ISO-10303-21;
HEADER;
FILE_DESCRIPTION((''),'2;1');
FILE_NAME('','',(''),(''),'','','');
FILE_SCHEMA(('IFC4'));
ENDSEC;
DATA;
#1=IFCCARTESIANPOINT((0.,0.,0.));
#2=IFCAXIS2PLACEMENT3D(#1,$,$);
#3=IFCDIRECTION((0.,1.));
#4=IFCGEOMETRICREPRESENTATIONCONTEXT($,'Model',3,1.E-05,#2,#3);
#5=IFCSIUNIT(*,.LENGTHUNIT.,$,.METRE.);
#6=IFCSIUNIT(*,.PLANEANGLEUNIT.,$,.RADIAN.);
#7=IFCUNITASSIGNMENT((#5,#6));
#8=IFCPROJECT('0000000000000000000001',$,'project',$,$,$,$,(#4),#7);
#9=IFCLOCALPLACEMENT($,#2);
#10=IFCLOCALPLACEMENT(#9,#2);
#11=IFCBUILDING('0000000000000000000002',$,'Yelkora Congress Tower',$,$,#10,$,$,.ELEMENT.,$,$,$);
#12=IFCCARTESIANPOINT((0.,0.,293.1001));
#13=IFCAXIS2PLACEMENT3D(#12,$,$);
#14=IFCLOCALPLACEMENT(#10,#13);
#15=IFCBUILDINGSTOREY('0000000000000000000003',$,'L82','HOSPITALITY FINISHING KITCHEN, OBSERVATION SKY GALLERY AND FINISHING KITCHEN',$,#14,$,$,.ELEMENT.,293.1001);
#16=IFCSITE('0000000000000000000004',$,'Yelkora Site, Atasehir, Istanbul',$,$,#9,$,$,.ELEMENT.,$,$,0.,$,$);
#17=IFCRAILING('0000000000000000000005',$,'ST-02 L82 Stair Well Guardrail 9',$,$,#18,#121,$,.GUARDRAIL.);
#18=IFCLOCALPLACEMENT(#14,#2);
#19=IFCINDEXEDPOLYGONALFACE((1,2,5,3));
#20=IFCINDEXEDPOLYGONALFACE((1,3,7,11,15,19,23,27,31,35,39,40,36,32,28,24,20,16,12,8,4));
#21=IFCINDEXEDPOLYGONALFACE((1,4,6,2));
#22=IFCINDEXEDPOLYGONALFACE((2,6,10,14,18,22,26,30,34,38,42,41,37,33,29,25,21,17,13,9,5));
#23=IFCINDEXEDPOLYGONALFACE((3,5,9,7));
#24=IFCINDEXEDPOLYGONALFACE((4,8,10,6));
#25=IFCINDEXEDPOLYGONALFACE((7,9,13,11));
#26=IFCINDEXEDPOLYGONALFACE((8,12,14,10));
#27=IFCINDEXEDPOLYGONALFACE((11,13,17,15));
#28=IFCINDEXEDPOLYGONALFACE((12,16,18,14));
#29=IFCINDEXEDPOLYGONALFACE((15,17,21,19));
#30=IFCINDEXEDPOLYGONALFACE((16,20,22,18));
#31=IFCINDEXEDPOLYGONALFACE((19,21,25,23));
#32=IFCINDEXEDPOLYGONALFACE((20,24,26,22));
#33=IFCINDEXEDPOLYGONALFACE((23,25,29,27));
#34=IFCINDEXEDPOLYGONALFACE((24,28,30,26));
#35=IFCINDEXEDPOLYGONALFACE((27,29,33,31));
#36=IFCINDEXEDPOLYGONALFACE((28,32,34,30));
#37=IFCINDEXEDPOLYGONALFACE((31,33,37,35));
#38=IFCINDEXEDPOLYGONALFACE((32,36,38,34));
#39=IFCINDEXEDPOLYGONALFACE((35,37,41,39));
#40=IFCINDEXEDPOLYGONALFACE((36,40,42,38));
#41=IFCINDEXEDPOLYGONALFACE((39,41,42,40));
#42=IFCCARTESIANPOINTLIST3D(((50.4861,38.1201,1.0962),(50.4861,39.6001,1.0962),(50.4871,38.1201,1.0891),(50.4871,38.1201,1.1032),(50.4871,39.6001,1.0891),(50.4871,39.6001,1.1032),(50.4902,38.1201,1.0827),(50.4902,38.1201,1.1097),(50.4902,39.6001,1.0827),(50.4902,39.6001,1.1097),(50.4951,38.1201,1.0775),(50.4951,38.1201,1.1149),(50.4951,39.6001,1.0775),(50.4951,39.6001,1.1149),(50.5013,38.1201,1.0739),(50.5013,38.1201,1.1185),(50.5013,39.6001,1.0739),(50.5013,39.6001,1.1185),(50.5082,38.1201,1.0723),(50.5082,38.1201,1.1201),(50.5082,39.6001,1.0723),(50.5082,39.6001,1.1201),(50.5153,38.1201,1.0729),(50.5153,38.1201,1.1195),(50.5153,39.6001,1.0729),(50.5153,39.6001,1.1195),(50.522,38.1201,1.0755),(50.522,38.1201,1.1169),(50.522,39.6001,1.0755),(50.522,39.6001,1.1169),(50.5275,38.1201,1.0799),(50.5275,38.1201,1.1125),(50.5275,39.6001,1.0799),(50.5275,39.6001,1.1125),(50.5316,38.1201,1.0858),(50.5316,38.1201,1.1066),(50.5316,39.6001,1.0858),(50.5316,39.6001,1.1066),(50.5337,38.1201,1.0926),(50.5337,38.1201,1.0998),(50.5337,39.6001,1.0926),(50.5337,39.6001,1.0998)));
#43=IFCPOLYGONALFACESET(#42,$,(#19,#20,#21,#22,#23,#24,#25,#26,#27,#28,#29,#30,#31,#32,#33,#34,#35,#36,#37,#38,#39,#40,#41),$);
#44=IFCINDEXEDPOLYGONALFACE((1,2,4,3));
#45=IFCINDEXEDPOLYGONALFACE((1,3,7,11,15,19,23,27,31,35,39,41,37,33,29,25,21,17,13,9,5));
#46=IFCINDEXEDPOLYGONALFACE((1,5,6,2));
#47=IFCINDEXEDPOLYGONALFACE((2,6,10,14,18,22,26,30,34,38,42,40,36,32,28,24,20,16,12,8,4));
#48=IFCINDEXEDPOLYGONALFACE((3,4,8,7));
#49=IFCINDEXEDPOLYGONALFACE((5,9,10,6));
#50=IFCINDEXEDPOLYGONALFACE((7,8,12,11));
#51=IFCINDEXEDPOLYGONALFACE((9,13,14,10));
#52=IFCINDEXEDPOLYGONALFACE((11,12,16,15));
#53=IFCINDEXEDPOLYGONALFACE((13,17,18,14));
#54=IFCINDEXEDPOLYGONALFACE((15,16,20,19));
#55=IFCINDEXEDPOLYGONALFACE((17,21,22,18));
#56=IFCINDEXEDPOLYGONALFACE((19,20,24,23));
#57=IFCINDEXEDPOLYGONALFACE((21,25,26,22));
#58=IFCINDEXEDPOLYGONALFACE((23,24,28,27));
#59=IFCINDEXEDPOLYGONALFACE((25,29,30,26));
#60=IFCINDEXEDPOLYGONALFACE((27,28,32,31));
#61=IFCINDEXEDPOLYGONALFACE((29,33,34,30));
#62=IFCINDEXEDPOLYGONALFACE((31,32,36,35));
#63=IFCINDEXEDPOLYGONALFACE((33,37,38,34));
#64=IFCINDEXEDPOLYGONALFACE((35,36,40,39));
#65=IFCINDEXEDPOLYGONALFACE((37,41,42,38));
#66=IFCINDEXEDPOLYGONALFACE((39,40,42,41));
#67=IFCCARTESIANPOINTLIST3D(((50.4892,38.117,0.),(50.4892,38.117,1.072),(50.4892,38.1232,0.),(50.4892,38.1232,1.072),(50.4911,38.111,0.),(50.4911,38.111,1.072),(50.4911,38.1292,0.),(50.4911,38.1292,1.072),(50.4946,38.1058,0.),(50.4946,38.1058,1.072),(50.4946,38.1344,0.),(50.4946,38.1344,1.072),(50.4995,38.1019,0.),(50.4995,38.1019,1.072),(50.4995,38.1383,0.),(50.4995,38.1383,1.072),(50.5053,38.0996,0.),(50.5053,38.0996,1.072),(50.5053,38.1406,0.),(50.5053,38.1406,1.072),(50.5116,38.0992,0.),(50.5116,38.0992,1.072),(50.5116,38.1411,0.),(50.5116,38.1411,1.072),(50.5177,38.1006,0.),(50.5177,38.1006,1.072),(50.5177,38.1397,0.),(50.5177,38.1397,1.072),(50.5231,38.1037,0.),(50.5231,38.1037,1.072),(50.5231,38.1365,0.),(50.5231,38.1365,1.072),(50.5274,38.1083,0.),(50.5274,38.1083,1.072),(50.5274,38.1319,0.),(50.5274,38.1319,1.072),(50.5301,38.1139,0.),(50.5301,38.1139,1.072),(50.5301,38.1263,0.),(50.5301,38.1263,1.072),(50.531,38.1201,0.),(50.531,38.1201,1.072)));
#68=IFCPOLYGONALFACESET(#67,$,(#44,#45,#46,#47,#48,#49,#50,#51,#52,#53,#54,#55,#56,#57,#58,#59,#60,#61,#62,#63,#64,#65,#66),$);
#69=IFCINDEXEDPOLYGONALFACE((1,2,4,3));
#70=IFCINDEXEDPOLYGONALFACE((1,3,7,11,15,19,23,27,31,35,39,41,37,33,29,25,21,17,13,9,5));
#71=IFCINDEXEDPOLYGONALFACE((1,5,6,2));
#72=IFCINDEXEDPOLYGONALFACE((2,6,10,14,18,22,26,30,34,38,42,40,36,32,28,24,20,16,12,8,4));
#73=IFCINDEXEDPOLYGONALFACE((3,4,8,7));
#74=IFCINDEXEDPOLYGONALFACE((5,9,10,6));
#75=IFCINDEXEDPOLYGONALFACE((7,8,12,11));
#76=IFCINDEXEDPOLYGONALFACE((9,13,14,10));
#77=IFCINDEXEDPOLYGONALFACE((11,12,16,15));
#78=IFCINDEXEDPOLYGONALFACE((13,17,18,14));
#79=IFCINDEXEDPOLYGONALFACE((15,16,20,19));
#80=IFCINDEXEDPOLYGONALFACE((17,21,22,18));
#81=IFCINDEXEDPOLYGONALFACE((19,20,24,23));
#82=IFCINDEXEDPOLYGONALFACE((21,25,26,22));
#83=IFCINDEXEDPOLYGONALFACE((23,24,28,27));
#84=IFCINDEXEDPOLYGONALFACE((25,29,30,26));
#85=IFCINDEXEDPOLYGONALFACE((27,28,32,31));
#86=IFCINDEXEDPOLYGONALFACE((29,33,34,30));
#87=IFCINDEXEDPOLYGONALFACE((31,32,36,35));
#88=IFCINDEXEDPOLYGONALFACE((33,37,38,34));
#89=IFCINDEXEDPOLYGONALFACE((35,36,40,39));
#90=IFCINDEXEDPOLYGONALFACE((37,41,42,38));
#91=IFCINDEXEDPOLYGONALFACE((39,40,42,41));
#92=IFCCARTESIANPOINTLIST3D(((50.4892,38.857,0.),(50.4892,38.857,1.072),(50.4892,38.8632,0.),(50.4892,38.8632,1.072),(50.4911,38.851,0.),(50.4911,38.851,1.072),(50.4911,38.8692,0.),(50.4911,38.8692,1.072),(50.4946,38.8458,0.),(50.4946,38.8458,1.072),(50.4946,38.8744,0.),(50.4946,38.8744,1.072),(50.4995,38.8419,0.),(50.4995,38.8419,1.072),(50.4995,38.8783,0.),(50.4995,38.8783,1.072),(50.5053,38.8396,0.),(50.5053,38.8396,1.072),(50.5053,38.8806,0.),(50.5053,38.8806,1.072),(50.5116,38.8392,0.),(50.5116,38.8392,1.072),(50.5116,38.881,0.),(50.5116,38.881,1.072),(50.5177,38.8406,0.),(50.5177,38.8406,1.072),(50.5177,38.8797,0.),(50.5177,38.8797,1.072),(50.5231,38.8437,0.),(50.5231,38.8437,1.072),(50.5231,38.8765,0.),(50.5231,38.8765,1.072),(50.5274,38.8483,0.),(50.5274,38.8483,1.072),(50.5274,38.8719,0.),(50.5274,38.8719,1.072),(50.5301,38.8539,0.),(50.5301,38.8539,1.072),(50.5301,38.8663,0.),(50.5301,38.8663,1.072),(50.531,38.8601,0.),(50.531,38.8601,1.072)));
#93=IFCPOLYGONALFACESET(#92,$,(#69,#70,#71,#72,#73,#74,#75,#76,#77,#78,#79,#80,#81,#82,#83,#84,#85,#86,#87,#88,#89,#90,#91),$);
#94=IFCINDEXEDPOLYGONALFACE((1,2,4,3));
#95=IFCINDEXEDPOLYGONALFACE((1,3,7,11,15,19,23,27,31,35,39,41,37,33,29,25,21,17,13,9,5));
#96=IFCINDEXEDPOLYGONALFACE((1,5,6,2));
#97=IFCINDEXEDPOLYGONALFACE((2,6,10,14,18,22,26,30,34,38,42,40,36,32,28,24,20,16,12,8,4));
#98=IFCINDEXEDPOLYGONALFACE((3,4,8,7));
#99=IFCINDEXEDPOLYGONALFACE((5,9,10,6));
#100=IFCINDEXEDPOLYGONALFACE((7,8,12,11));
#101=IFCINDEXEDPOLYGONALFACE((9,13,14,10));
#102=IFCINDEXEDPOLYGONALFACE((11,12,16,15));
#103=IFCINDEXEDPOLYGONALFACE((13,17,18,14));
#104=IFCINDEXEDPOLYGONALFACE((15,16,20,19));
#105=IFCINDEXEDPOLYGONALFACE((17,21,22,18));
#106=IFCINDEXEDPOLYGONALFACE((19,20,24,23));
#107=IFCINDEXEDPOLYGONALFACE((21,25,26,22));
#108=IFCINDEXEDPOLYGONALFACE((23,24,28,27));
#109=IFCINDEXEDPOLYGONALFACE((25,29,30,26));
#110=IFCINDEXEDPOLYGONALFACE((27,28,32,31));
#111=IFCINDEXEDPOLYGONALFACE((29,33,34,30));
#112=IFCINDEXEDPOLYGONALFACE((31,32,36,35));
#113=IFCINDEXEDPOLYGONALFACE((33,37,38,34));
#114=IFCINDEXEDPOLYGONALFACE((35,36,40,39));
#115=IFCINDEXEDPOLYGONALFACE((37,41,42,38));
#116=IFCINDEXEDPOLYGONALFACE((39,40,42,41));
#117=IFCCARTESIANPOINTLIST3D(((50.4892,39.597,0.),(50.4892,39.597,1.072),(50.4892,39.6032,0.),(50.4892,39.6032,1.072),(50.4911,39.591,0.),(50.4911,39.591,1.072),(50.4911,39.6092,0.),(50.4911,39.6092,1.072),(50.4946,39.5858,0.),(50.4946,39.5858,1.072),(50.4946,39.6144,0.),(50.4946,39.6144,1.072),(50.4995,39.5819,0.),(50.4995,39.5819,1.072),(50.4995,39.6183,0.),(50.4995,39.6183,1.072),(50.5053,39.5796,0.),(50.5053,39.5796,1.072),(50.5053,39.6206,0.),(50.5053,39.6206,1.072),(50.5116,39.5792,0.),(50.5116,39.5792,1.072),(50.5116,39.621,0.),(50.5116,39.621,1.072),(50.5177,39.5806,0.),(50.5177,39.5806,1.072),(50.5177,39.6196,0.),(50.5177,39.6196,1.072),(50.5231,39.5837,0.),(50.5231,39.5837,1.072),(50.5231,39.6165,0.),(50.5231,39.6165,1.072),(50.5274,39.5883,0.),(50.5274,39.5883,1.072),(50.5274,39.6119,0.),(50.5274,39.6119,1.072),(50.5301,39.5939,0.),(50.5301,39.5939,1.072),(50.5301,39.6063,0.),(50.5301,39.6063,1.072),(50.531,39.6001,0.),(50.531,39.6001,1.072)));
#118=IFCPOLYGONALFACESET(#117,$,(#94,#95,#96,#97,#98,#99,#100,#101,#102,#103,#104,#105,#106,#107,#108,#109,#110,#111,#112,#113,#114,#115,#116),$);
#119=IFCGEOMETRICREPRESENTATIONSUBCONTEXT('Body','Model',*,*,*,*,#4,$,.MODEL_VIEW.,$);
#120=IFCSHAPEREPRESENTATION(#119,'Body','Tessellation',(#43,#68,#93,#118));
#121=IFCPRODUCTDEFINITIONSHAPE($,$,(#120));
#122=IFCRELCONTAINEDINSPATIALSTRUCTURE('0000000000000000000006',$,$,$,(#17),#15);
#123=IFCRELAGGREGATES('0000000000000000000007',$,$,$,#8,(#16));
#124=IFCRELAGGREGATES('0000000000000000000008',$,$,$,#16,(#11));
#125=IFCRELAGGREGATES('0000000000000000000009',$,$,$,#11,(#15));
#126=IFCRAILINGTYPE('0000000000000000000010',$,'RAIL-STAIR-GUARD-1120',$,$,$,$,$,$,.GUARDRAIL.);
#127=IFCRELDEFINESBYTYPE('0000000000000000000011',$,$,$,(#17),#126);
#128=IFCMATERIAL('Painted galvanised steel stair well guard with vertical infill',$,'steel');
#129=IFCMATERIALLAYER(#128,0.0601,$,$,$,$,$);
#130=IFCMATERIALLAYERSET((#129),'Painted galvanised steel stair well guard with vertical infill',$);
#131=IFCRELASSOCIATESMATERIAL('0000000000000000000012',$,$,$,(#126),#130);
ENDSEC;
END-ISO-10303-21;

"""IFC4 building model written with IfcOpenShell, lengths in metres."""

from ifc_helpers import new_model, si_unit, direction, frame, origin, origin_2d, place, context, subcontext, project, spatial, circle, extrude, material, layer, layer_set, type_object, element, save


model = new_model("IFC4")

# Units and contexts
model_context = context("Model", 3, precision=1e-05, world=origin(), true_north=direction((0.0, 1.0)))
body_context = subcontext(model_context, "Body", "Model", "MODEL_VIEW")
ifc_project = project(units=[si_unit("LENGTHUNIT", "METRE"), si_unit("PLANEANGLEUNIT", "RADIAN")], contexts=[model_context])

# Site, building, storey
site_placement = place(None, origin())
site = spatial("IfcSite", under=ifc_project, at=site_placement, Name="Yelkora Site, Atasehir, Istanbul", CompositionType="ELEMENT", RefElevation=0.0)
building_placement = place(site_placement, origin())
building = spatial("IfcBuilding", under=site, at=building_placement, Name="Yelkora Congress Tower", CompositionType="ELEMENT")
storey_placement = place(building_placement, frame((0.0, 0.0, 293.1001)))
storey = spatial("IfcBuildingStorey", under=building, at=storey_placement, Name="L82", Description="HOSPITALITY FINISHING KITCHEN, OBSERVATION SKY GALLERY AND FINISHING KITCHEN", CompositionType="ELEMENT", Elevation=293.1001)

# Railing
ifc_material_1 = material(Name="Painted galvanised steel stair well guard with vertical infill", Category="steel")
ifc_layer_1 = layer(ifc_material_1, 0.0601)
ifc_layer_set_1 = layer_set([ifc_layer_1], Name="Painted galvanised steel stair well guard with vertical infill")
railing_type_1 = type_object("IfcRailingType", Name="RAIL-STAIR-GUARD-1120", PredefinedType="GUARDRAIL", material=ifc_layer_set_1)
for number, where, name in (
    (1, (50.51, 38.1201, 0.0), "ST-02 L82 Stair Well Guardrail 9"),
):
    element("IfcRailing", number, at=place(storey_placement, frame(where)), inside=storey, type_object=railing_type_1, Name=name, PredefinedType="GUARDRAIL", context=body_context, shape_type="SweptSolid", body=[
        extrude(circle(Radius=0.0239, at=origin_2d()), frame((0.0, 0.0, 1.0962), z_axis=(0.0, 1.0, 0.0), x_axis=(-1.0, 0.0, 0.0)), (0.0, 0.0, 1.0), 1.48),
        extrude(circle(Radius=0.021, at=origin_2d()), origin(), (0.0, 0.0, 1.0), 1.072),
        extrude(circle(Radius=0.021, at=origin_2d()), frame((0.0, 0.74, 0.0)), (0.0, 0.0, 1.0), 1.072),
        extrude(circle(Radius=0.021, at=origin_2d()), frame((0.0, 1.48, 0.0)), (0.0, 0.0, 1.0), 1.072),
    ])

save(model, "model.ifc")
